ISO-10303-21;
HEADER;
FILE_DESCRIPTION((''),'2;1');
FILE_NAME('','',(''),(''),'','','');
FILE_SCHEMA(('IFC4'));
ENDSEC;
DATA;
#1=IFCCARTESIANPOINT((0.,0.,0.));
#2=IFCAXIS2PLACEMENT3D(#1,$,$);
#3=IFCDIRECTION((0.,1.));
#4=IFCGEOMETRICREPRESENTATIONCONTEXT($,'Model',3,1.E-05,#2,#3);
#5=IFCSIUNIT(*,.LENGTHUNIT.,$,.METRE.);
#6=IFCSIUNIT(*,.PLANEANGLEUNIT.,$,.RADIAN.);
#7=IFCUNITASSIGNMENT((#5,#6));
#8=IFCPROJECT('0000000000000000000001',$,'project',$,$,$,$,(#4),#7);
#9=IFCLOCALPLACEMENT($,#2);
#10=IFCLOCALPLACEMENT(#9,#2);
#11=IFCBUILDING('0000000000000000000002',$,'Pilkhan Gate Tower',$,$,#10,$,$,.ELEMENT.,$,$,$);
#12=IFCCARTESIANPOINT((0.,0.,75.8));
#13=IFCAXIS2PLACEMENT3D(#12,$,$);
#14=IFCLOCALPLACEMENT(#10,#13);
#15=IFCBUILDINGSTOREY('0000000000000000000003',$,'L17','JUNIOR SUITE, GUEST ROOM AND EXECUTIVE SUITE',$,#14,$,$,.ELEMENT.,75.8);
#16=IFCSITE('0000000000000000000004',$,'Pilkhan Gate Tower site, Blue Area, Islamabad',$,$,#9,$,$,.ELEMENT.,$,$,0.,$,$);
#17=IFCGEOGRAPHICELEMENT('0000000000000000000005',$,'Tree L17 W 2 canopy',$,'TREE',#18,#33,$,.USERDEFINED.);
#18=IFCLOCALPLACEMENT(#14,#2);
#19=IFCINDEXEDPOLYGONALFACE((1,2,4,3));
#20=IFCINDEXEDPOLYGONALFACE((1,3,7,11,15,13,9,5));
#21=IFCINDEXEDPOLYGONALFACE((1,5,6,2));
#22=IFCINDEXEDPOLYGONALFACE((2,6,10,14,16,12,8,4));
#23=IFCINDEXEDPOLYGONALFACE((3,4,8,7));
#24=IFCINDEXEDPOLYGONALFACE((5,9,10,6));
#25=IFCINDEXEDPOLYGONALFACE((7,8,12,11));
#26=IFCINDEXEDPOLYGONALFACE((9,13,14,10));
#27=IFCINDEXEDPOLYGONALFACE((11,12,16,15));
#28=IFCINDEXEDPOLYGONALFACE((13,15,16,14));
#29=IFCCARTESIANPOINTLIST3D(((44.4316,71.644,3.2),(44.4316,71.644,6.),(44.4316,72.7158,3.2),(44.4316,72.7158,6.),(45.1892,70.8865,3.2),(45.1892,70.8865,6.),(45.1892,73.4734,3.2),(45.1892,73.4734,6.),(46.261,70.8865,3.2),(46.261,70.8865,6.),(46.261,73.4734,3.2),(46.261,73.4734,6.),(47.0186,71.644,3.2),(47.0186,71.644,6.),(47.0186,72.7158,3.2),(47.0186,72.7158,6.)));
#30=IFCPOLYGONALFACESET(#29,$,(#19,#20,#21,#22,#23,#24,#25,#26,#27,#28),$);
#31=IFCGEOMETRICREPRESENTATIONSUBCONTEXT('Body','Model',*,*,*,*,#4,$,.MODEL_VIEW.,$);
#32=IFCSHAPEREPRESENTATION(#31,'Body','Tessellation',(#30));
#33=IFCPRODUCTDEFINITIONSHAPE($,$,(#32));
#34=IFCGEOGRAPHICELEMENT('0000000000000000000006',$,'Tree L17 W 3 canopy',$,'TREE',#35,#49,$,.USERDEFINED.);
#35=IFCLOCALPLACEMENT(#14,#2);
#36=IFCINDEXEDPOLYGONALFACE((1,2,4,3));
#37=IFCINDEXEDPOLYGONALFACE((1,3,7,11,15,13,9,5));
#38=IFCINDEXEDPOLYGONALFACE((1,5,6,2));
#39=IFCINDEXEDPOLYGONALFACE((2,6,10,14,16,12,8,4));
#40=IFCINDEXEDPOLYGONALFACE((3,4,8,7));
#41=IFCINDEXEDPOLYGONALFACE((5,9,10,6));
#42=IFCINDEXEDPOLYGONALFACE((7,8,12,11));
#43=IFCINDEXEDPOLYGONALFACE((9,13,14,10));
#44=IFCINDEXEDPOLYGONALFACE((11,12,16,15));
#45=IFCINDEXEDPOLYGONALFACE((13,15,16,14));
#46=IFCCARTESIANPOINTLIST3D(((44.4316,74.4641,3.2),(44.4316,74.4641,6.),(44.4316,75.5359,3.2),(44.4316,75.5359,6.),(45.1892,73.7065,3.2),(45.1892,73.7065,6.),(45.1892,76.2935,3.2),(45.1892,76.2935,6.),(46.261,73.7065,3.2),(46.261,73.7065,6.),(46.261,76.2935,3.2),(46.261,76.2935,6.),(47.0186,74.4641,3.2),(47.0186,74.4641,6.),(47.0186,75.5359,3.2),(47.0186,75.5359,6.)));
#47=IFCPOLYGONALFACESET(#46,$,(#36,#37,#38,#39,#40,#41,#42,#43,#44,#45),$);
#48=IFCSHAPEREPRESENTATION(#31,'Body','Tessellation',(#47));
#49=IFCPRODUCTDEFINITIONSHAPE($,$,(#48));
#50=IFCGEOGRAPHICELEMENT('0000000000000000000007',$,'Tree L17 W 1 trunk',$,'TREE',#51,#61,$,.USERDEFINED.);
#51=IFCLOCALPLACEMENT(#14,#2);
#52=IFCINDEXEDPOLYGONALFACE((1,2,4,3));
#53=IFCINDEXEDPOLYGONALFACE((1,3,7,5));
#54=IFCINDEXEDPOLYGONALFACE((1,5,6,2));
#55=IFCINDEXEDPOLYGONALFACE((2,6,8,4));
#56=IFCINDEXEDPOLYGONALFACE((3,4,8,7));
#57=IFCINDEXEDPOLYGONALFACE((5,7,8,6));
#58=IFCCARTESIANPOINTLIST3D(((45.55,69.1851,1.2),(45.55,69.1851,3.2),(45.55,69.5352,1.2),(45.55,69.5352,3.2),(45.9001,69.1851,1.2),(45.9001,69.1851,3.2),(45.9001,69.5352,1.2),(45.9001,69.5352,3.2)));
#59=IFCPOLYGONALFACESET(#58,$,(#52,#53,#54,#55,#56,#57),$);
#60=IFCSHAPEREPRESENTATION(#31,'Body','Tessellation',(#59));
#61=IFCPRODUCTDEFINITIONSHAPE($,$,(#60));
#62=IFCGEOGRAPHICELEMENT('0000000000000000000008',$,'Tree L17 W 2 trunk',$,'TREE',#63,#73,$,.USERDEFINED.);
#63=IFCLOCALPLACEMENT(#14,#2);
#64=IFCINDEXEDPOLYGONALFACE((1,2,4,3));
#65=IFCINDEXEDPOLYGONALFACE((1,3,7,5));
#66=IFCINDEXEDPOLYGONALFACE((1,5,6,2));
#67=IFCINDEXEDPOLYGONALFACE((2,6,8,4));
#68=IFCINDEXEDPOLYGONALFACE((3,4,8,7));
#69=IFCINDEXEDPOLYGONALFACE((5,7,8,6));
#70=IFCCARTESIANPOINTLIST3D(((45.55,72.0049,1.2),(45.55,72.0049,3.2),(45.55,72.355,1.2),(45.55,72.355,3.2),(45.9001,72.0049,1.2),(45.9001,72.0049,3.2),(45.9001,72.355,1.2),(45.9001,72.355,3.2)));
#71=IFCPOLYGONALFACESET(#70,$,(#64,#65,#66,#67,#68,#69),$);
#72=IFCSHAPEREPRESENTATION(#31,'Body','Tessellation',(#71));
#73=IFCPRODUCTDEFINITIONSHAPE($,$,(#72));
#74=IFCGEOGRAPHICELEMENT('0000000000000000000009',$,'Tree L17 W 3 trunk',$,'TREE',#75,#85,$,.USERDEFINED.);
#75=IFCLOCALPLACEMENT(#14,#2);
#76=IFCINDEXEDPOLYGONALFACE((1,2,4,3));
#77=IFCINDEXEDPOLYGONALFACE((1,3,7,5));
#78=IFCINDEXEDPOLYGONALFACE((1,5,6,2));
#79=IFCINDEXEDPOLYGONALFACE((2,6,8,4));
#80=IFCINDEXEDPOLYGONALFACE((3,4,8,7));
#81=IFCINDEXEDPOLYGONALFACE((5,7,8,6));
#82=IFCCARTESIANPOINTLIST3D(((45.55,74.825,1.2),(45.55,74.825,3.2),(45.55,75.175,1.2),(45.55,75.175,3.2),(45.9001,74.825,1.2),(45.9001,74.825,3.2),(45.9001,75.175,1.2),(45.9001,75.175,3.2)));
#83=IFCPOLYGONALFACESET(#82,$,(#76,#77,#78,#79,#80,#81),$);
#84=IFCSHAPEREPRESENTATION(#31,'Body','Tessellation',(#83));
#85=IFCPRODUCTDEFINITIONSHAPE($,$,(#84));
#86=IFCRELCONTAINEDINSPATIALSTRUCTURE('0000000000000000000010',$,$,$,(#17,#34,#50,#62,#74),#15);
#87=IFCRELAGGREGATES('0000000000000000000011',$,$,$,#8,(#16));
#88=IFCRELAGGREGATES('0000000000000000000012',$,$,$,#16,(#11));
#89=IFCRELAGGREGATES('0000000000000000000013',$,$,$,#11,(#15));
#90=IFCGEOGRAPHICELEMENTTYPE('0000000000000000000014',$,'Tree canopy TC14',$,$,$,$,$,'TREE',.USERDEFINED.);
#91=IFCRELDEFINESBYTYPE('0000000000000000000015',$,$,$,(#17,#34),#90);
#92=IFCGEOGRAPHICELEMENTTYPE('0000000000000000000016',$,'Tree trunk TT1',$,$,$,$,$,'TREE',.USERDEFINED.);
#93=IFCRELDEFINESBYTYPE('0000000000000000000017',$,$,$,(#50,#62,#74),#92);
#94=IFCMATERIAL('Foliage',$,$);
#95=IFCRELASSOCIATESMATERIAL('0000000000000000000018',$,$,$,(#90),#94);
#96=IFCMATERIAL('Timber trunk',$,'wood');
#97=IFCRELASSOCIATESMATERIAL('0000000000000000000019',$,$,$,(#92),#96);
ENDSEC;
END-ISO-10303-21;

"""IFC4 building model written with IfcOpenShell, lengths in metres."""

from ifc_helpers import new_model, si_unit, direction, frame, origin, origin_2d, place, context, subcontext, project, spatial, polyline, rectangle, outline, extrude, material, material_profile, profile_set, type_object, element, save


model = new_model("IFC4")

# Units and contexts
model_context = context("Model", 3, precision=1e-05, world=origin(), true_north=direction((0.0, 1.0)))
body_context = subcontext(model_context, "Body", "Model", "MODEL_VIEW")
ifc_project = project(units=[si_unit("LENGTHUNIT", "METRE"), si_unit("PLANEANGLEUNIT", "RADIAN")], contexts=[model_context])

# Site, building, storey
site_placement = place(None, origin())
site = spatial("IfcSite", under=ifc_project, at=site_placement, Name="Pilkhan Gate Tower site, Blue Area, Islamabad", CompositionType="ELEMENT", RefElevation=0.0)
building_placement = place(site_placement, origin())
building = spatial("IfcBuilding", under=site, at=building_placement, Name="Pilkhan Gate Tower", CompositionType="ELEMENT")
storey_placement = place(building_placement, frame((0.0, 0.0, 75.8)))
storey = spatial("IfcBuildingStorey", under=building, at=storey_placement, Name="L17", Description="JUNIOR SUITE, GUEST ROOM AND EXECUTIVE SUITE", CompositionType="ELEMENT", Elevation=75.8)

# Geographic elements
ifc_material_1 = material(Name="Foliage")
ifc_material_profile_1 = material_profile(ifc_material_1, outline(polyline([(1.2935, 0.5359), (0.5359, 1.2935), (-0.5359, 1.2935), (-1.2935, 0.5359), (-1.2935, -0.5359), (-0.5359, -1.2935), (0.5359, -1.2935), (1.2935, -0.5359), (1.2935, 0.5359)])), Name="Canopy D2.8")
ifc_profile_set_1 = profile_set([ifc_material_profile_1], Name="Foliage")
geographic_element_type_1 = type_object("IfcGeographicElementType", Name="Tree canopy TC14", ElementType="TREE", PredefinedType="USERDEFINED", material=ifc_profile_set_1)
for number, where, z_axis, x_axis, name in (
    (1, (45.7251, 72.1799, 3.2), (0.0, 0.0, 1.0), (1.0, 0.0, 0.0), "Tree L17 W 2 canopy"),
    (2, (45.7251, 75.0, 3.2), (0.0, 0.0, 1.0), (1.0, 0.0, 0.0), "Tree L17 W 3 canopy"),
):
    element("IfcGeographicElement", number, at=place(storey_placement, frame(where, z_axis=z_axis, x_axis=x_axis)), inside=storey, type_object=geographic_element_type_1, Name=name, ObjectType="TREE", PredefinedType="USERDEFINED", context=body_context, shape_type="SweptSolid", body=[
        extrude(outline(polyline([(1.2935, 0.5359), (0.5359, 1.2935), (-0.5359, 1.2935), (-1.2935, 0.5359), (-1.2935, -0.5359), (-0.5359, -1.2935), (0.5359, -1.2935), (1.2935, -0.5359), (1.2935, 0.5359)])), origin(), (0.0, 0.0, 1.0), 2.8),
    ])
ifc_material_2 = material(Name="Timber trunk", Category="wood")
geographic_element_type_2 = type_object("IfcGeographicElementType", Name="Tree trunk TT1", ElementType="TREE", PredefinedType="USERDEFINED", material=ifc_material_2)
for number, where, z_axis, x_axis, name in (
    (3, (45.7251, 69.3601, 1.2), (0.0, 0.0, 1.0), (1.0, 0.0, 0.0), "Tree L17 W 1 trunk"),
    (4, (45.7251, 72.1799, 1.2), (0.0, 0.0, 1.0), (1.0, 0.0, 0.0), "Tree L17 W 2 trunk"),
    (5, (45.7251, 75.0, 1.2), (0.0, 0.0, 1.0), (1.0, 0.0, 0.0), "Tree L17 W 3 trunk"),
):
    element("IfcGeographicElement", number, at=place(storey_placement, frame(where, z_axis=z_axis, x_axis=x_axis)), inside=storey, type_object=geographic_element_type_2, Name=name, ObjectType="TREE", PredefinedType="USERDEFINED", context=body_context, shape_type="SweptSolid", body=[
        extrude(rectangle(XDim=0.3501, YDim=0.3501, at=origin_2d()), origin(), (0.0, 0.0, 1.0), 2.0),
    ])

save(model, "model.ifc")
